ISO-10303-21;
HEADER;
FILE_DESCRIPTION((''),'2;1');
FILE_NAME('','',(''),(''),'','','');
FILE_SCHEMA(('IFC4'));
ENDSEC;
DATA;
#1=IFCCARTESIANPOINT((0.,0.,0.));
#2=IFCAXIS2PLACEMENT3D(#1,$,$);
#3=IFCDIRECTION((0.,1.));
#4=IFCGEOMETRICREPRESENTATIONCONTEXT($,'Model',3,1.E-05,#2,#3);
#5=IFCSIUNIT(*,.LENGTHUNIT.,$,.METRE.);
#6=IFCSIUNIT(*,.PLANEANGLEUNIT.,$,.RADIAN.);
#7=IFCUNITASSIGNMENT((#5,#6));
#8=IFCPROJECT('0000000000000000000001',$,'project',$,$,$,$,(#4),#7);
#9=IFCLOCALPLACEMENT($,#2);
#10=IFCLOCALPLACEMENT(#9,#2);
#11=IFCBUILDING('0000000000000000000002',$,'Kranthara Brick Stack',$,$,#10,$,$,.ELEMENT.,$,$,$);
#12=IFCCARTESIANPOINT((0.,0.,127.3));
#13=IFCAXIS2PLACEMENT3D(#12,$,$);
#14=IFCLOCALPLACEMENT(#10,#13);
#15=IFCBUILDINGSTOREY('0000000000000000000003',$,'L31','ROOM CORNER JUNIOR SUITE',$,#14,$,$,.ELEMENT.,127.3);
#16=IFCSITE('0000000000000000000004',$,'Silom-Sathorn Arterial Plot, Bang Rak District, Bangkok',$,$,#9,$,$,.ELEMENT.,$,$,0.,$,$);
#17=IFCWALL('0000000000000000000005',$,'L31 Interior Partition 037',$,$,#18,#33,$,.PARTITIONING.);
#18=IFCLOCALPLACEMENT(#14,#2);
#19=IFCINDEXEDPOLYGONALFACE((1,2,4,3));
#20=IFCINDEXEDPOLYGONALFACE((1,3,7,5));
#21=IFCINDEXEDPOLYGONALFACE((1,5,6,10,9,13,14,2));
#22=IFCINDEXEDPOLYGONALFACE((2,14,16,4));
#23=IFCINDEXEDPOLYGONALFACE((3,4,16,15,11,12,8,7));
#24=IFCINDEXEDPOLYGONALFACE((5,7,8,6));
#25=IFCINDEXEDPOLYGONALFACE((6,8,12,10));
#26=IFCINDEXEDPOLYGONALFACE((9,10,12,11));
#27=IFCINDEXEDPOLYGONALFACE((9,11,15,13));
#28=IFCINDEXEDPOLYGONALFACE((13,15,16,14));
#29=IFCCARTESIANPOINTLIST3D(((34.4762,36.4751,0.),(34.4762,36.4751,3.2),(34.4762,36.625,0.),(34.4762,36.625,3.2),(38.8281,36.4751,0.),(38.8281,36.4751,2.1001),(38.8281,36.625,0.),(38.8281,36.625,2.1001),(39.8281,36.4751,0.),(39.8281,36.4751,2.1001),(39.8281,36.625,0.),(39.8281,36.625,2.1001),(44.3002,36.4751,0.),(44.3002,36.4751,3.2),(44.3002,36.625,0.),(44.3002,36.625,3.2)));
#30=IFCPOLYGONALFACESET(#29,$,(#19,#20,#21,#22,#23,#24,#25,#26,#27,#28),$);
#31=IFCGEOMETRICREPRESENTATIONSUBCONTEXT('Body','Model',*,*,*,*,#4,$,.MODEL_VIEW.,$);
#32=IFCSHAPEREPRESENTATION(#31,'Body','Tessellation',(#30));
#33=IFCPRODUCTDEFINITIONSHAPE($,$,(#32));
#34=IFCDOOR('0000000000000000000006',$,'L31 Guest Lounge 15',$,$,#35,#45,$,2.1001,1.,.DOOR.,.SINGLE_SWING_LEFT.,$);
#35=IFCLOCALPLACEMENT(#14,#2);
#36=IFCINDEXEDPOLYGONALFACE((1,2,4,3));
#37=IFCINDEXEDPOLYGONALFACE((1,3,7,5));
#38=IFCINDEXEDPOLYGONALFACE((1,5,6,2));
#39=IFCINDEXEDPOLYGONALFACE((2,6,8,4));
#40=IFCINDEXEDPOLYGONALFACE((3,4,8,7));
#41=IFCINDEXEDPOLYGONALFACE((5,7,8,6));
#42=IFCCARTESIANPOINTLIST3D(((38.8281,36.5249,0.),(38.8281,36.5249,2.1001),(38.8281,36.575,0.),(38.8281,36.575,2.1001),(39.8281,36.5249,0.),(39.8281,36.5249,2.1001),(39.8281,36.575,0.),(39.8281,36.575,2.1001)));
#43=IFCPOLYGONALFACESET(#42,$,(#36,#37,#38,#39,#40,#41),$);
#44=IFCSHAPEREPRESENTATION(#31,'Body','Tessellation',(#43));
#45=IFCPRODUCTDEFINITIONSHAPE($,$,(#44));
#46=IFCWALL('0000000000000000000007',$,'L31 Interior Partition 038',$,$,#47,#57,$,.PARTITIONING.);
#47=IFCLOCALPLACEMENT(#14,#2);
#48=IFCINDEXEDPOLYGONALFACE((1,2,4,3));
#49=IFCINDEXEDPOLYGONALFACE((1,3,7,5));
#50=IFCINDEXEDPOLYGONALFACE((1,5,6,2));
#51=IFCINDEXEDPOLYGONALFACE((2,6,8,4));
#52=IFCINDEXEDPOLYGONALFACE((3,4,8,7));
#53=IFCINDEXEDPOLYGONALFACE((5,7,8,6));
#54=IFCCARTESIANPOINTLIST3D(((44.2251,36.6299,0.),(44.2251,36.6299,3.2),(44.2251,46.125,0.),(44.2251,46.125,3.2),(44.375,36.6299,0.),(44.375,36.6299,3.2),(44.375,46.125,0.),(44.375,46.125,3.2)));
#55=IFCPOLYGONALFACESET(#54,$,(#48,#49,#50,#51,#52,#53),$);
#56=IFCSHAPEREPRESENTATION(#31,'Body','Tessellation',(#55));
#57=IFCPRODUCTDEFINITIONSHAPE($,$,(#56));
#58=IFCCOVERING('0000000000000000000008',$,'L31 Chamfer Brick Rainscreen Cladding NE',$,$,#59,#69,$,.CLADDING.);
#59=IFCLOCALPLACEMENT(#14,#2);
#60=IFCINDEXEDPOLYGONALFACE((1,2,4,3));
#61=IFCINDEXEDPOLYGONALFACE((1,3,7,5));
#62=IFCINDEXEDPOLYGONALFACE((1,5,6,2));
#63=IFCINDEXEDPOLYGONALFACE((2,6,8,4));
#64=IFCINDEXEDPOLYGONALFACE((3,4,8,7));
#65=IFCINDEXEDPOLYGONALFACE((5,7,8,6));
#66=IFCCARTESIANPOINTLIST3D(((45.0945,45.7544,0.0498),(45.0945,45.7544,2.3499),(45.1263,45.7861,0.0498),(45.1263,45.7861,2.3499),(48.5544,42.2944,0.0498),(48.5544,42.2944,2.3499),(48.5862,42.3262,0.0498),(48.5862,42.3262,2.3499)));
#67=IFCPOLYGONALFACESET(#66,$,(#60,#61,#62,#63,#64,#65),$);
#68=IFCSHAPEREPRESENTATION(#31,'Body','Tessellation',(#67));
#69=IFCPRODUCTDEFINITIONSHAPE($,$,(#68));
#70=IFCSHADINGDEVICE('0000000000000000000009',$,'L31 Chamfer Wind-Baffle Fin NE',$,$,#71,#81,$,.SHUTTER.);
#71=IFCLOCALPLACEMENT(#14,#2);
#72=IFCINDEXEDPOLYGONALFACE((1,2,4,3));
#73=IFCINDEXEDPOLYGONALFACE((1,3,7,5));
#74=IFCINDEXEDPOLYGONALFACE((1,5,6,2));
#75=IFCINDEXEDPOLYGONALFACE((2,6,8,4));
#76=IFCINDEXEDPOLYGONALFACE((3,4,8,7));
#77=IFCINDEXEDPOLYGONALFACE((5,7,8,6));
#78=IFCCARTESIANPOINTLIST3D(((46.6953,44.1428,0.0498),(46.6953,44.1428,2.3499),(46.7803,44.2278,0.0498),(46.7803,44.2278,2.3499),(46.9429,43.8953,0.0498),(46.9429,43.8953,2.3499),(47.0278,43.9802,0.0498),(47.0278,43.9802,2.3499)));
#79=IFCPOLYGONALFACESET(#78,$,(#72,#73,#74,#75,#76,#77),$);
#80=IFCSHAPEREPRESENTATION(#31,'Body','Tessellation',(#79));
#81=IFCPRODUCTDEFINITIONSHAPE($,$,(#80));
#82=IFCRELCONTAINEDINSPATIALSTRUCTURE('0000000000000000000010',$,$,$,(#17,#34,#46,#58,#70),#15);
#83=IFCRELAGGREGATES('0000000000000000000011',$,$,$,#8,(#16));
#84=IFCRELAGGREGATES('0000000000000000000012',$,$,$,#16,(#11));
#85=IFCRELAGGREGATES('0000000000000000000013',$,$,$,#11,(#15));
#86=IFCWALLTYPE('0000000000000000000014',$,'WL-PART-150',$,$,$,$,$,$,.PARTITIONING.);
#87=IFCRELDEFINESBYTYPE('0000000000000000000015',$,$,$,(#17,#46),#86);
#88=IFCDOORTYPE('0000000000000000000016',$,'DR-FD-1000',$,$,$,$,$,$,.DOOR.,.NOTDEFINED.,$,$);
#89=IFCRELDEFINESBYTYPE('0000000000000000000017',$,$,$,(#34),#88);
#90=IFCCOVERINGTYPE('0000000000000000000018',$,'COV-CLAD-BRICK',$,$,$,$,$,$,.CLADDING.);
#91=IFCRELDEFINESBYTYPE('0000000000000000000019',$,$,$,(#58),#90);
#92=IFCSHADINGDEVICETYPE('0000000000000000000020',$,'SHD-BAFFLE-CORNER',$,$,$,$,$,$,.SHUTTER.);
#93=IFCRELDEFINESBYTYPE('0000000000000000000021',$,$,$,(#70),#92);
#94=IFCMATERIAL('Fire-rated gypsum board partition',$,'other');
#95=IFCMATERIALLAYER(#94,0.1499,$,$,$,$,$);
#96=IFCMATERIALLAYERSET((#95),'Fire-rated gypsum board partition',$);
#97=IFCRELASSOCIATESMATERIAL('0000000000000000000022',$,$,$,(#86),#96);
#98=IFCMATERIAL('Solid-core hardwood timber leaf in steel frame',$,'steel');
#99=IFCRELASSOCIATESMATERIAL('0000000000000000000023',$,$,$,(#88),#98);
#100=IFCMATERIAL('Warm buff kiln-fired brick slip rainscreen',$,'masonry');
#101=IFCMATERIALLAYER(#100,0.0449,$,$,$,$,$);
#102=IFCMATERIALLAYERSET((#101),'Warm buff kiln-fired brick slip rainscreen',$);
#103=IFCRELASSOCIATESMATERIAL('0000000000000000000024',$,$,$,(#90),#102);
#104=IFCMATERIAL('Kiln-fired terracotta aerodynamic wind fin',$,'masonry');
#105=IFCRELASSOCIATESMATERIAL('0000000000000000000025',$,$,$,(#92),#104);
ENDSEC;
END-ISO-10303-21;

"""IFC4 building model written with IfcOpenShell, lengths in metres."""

from ifc_helpers import new_model, si_unit, direction, frame, frame_2d, origin, origin_2d, place, context, subcontext, project, spatial, rectangle, extrude, material, layer, layer_set, type_object, element, fill, save


model = new_model("IFC4")

# Units and contexts
model_context = context("Model", 3, precision=1e-05, world=origin(), true_north=direction((0.0, 1.0)))
body_context = subcontext(model_context, "Body", "Model", "MODEL_VIEW")
ifc_project = project(units=[si_unit("LENGTHUNIT", "METRE"), si_unit("PLANEANGLEUNIT", "RADIAN")], contexts=[model_context])

# Site, building, storey
site_placement = place(None, origin())
site = spatial("IfcSite", under=ifc_project, at=site_placement, Name="Silom-Sathorn Arterial Plot, Bang Rak District, Bangkok", CompositionType="ELEMENT", RefElevation=0.0)
building_placement = place(site_placement, origin())
building = spatial("IfcBuilding", under=site, at=building_placement, Name="Kranthara Brick Stack", CompositionType="ELEMENT")
storey_placement = place(building_placement, frame((0.0, 0.0, 127.3)))
storey = spatial("IfcBuildingStorey", under=building, at=storey_placement, Name="L31", Description="ROOM CORNER JUNIOR SUITE", CompositionType="ELEMENT", Elevation=127.3)

# Shared definitions
ifc_material_1 = material(Name="Fire-rated gypsum board partition", Category="other")
ifc_layer_1 = layer(ifc_material_1, 0.1499)
ifc_layer_set_1 = layer_set([ifc_layer_1], Name="Fire-rated gypsum board partition")
wall_type_1 = type_object("IfcWallType", Name="WL-PART-150", PredefinedType="PARTITIONING", material=ifc_layer_set_1)

# Wall, opening, door
wall_1_placement = place(storey_placement, frame((34.4761, 36.55, 0.0), z_axis=(0.0, 0.0, 1.0), x_axis=(1.0, 0.0, 0.0)))
wall_1 = element("IfcWall", 1, at=wall_1_placement, inside=storey, type_object=wall_type_1, Name="L31 Interior Partition 037", PredefinedType="PARTITIONING", context=body_context, shape_type="SweptSolid", body=[
    extrude(rectangle(XDim=9.824, YDim=0.1499, at=frame_2d((4.9121, 0.0))), origin(), (0.0, 0.0, 1.0), 3.2),
])
opening_1_placement = place(wall_1_placement, frame((4.3521, 0.0, 0.0)))
opening_1 = element("IfcOpeningElement", 2, at=opening_1_placement, cuts=wall_1, PredefinedType="OPENING", context=body_context, shape_type="SweptSolid", body=[
    extrude(rectangle(XDim=1.0, YDim=2.1001, at=frame_2d((0.5, 1.05))), frame((0.0, 0.085, 0.0), z_axis=(0.0, -1.0, 0.0), x_axis=(1.0, 0.0, 0.0)), (0.0, 0.0, 1.0), 0.1699),
])
ifc_material_2 = material(Name="Solid-core hardwood timber leaf in steel frame", Category="steel")
door_type = type_object("IfcDoorType", Name="DR-FD-1000", OperationType="NOTDEFINED", PredefinedType="DOOR", material=ifc_material_2)
door_placement = place(opening_1_placement, origin())
door = element("IfcDoor", 3, at=door_placement, inside=storey, type_object=door_type, Name="L31 Guest Lounge 15", OperationType="SINGLE_SWING_LEFT", OverallHeight=2.1001, OverallWidth=1.0, PredefinedType="DOOR", context=body_context, shape_type="SweptSolid", body=[
    extrude(rectangle(XDim=1.0, YDim=2.1001, at=frame_2d((0.5, 1.05))), frame((0.0, 0.0249, 0.0), z_axis=(0.0, -1.0, 0.0), x_axis=(1.0, 0.0, 0.0)), (0.0, 0.0, 1.0), 0.05),
])
fill(opening_1, door)

# Wall
wall_2_placement = place(storey_placement, frame((44.3, 36.6299, 0.0), z_axis=(0.0, 0.0, 1.0), x_axis=(0.0, 1.0, 0.0)))
element("IfcWall", 4, at=wall_2_placement, inside=storey, type_object=wall_type_1, Name="L31 Interior Partition 038", PredefinedType="PARTITIONING", context=body_context, shape_type="SweptSolid", body=[
    extrude(rectangle(XDim=9.4951, YDim=0.1499, at=frame_2d((4.7476, 0.0))), origin(), (0.0, 0.0, 1.0), 3.2),
])

# Covering
ifc_material_3 = material(Name="Warm buff kiln-fired brick slip rainscreen", Category="masonry")
ifc_layer_2 = layer(ifc_material_3, 0.0449)
ifc_layer_set_2 = layer_set([ifc_layer_2], Name="Warm buff kiln-fired brick slip rainscreen")
covering_type = type_object("IfcCoveringType", Name="COV-CLAD-BRICK", PredefinedType="CLADDING", material=ifc_layer_set_2)
covering_placement = place(storey_placement, frame((46.8403, 44.0403, 0.0498), z_axis=(0.0, 0.0, 1.0), x_axis=(0.707107, -0.707107, 0.0)))
element("IfcCovering", 5, at=covering_placement, inside=storey, type_object=covering_type, Name="L31 Chamfer Brick Rainscreen Cladding NE", PredefinedType="CLADDING", context=body_context, shape_type="SweptSolid", body=[
    extrude(rectangle(XDim=4.8931, YDim=0.0449, at=origin_2d()), origin(), (0.0, 0.0, 1.0), 2.3),
])

# Shading device
ifc_material_4 = material(Name="Kiln-fired terracotta aerodynamic wind fin", Category="masonry")
shading_device_type = type_object("IfcShadingDeviceType", Name="SHD-BAFFLE-CORNER", PredefinedType="SHUTTER", material=ifc_material_4)
shading_device_placement = place(storey_placement, frame((46.8616, 44.0615, 0.0498), z_axis=(0.0, 0.0, 1.0), x_axis=(0.707107, -0.707107, 0.0)))
element("IfcShadingDevice", 6, at=shading_device_placement, inside=storey, type_object=shading_device_type, Name="L31 Chamfer Wind-Baffle Fin NE", PredefinedType="SHUTTER", context=body_context, shape_type="SweptSolid", body=[
    extrude(rectangle(XDim=0.3501, YDim=0.1201, at=origin_2d()), origin(), (0.0, 0.0, 1.0), 2.3),
])

save(model, "model.ifc")
